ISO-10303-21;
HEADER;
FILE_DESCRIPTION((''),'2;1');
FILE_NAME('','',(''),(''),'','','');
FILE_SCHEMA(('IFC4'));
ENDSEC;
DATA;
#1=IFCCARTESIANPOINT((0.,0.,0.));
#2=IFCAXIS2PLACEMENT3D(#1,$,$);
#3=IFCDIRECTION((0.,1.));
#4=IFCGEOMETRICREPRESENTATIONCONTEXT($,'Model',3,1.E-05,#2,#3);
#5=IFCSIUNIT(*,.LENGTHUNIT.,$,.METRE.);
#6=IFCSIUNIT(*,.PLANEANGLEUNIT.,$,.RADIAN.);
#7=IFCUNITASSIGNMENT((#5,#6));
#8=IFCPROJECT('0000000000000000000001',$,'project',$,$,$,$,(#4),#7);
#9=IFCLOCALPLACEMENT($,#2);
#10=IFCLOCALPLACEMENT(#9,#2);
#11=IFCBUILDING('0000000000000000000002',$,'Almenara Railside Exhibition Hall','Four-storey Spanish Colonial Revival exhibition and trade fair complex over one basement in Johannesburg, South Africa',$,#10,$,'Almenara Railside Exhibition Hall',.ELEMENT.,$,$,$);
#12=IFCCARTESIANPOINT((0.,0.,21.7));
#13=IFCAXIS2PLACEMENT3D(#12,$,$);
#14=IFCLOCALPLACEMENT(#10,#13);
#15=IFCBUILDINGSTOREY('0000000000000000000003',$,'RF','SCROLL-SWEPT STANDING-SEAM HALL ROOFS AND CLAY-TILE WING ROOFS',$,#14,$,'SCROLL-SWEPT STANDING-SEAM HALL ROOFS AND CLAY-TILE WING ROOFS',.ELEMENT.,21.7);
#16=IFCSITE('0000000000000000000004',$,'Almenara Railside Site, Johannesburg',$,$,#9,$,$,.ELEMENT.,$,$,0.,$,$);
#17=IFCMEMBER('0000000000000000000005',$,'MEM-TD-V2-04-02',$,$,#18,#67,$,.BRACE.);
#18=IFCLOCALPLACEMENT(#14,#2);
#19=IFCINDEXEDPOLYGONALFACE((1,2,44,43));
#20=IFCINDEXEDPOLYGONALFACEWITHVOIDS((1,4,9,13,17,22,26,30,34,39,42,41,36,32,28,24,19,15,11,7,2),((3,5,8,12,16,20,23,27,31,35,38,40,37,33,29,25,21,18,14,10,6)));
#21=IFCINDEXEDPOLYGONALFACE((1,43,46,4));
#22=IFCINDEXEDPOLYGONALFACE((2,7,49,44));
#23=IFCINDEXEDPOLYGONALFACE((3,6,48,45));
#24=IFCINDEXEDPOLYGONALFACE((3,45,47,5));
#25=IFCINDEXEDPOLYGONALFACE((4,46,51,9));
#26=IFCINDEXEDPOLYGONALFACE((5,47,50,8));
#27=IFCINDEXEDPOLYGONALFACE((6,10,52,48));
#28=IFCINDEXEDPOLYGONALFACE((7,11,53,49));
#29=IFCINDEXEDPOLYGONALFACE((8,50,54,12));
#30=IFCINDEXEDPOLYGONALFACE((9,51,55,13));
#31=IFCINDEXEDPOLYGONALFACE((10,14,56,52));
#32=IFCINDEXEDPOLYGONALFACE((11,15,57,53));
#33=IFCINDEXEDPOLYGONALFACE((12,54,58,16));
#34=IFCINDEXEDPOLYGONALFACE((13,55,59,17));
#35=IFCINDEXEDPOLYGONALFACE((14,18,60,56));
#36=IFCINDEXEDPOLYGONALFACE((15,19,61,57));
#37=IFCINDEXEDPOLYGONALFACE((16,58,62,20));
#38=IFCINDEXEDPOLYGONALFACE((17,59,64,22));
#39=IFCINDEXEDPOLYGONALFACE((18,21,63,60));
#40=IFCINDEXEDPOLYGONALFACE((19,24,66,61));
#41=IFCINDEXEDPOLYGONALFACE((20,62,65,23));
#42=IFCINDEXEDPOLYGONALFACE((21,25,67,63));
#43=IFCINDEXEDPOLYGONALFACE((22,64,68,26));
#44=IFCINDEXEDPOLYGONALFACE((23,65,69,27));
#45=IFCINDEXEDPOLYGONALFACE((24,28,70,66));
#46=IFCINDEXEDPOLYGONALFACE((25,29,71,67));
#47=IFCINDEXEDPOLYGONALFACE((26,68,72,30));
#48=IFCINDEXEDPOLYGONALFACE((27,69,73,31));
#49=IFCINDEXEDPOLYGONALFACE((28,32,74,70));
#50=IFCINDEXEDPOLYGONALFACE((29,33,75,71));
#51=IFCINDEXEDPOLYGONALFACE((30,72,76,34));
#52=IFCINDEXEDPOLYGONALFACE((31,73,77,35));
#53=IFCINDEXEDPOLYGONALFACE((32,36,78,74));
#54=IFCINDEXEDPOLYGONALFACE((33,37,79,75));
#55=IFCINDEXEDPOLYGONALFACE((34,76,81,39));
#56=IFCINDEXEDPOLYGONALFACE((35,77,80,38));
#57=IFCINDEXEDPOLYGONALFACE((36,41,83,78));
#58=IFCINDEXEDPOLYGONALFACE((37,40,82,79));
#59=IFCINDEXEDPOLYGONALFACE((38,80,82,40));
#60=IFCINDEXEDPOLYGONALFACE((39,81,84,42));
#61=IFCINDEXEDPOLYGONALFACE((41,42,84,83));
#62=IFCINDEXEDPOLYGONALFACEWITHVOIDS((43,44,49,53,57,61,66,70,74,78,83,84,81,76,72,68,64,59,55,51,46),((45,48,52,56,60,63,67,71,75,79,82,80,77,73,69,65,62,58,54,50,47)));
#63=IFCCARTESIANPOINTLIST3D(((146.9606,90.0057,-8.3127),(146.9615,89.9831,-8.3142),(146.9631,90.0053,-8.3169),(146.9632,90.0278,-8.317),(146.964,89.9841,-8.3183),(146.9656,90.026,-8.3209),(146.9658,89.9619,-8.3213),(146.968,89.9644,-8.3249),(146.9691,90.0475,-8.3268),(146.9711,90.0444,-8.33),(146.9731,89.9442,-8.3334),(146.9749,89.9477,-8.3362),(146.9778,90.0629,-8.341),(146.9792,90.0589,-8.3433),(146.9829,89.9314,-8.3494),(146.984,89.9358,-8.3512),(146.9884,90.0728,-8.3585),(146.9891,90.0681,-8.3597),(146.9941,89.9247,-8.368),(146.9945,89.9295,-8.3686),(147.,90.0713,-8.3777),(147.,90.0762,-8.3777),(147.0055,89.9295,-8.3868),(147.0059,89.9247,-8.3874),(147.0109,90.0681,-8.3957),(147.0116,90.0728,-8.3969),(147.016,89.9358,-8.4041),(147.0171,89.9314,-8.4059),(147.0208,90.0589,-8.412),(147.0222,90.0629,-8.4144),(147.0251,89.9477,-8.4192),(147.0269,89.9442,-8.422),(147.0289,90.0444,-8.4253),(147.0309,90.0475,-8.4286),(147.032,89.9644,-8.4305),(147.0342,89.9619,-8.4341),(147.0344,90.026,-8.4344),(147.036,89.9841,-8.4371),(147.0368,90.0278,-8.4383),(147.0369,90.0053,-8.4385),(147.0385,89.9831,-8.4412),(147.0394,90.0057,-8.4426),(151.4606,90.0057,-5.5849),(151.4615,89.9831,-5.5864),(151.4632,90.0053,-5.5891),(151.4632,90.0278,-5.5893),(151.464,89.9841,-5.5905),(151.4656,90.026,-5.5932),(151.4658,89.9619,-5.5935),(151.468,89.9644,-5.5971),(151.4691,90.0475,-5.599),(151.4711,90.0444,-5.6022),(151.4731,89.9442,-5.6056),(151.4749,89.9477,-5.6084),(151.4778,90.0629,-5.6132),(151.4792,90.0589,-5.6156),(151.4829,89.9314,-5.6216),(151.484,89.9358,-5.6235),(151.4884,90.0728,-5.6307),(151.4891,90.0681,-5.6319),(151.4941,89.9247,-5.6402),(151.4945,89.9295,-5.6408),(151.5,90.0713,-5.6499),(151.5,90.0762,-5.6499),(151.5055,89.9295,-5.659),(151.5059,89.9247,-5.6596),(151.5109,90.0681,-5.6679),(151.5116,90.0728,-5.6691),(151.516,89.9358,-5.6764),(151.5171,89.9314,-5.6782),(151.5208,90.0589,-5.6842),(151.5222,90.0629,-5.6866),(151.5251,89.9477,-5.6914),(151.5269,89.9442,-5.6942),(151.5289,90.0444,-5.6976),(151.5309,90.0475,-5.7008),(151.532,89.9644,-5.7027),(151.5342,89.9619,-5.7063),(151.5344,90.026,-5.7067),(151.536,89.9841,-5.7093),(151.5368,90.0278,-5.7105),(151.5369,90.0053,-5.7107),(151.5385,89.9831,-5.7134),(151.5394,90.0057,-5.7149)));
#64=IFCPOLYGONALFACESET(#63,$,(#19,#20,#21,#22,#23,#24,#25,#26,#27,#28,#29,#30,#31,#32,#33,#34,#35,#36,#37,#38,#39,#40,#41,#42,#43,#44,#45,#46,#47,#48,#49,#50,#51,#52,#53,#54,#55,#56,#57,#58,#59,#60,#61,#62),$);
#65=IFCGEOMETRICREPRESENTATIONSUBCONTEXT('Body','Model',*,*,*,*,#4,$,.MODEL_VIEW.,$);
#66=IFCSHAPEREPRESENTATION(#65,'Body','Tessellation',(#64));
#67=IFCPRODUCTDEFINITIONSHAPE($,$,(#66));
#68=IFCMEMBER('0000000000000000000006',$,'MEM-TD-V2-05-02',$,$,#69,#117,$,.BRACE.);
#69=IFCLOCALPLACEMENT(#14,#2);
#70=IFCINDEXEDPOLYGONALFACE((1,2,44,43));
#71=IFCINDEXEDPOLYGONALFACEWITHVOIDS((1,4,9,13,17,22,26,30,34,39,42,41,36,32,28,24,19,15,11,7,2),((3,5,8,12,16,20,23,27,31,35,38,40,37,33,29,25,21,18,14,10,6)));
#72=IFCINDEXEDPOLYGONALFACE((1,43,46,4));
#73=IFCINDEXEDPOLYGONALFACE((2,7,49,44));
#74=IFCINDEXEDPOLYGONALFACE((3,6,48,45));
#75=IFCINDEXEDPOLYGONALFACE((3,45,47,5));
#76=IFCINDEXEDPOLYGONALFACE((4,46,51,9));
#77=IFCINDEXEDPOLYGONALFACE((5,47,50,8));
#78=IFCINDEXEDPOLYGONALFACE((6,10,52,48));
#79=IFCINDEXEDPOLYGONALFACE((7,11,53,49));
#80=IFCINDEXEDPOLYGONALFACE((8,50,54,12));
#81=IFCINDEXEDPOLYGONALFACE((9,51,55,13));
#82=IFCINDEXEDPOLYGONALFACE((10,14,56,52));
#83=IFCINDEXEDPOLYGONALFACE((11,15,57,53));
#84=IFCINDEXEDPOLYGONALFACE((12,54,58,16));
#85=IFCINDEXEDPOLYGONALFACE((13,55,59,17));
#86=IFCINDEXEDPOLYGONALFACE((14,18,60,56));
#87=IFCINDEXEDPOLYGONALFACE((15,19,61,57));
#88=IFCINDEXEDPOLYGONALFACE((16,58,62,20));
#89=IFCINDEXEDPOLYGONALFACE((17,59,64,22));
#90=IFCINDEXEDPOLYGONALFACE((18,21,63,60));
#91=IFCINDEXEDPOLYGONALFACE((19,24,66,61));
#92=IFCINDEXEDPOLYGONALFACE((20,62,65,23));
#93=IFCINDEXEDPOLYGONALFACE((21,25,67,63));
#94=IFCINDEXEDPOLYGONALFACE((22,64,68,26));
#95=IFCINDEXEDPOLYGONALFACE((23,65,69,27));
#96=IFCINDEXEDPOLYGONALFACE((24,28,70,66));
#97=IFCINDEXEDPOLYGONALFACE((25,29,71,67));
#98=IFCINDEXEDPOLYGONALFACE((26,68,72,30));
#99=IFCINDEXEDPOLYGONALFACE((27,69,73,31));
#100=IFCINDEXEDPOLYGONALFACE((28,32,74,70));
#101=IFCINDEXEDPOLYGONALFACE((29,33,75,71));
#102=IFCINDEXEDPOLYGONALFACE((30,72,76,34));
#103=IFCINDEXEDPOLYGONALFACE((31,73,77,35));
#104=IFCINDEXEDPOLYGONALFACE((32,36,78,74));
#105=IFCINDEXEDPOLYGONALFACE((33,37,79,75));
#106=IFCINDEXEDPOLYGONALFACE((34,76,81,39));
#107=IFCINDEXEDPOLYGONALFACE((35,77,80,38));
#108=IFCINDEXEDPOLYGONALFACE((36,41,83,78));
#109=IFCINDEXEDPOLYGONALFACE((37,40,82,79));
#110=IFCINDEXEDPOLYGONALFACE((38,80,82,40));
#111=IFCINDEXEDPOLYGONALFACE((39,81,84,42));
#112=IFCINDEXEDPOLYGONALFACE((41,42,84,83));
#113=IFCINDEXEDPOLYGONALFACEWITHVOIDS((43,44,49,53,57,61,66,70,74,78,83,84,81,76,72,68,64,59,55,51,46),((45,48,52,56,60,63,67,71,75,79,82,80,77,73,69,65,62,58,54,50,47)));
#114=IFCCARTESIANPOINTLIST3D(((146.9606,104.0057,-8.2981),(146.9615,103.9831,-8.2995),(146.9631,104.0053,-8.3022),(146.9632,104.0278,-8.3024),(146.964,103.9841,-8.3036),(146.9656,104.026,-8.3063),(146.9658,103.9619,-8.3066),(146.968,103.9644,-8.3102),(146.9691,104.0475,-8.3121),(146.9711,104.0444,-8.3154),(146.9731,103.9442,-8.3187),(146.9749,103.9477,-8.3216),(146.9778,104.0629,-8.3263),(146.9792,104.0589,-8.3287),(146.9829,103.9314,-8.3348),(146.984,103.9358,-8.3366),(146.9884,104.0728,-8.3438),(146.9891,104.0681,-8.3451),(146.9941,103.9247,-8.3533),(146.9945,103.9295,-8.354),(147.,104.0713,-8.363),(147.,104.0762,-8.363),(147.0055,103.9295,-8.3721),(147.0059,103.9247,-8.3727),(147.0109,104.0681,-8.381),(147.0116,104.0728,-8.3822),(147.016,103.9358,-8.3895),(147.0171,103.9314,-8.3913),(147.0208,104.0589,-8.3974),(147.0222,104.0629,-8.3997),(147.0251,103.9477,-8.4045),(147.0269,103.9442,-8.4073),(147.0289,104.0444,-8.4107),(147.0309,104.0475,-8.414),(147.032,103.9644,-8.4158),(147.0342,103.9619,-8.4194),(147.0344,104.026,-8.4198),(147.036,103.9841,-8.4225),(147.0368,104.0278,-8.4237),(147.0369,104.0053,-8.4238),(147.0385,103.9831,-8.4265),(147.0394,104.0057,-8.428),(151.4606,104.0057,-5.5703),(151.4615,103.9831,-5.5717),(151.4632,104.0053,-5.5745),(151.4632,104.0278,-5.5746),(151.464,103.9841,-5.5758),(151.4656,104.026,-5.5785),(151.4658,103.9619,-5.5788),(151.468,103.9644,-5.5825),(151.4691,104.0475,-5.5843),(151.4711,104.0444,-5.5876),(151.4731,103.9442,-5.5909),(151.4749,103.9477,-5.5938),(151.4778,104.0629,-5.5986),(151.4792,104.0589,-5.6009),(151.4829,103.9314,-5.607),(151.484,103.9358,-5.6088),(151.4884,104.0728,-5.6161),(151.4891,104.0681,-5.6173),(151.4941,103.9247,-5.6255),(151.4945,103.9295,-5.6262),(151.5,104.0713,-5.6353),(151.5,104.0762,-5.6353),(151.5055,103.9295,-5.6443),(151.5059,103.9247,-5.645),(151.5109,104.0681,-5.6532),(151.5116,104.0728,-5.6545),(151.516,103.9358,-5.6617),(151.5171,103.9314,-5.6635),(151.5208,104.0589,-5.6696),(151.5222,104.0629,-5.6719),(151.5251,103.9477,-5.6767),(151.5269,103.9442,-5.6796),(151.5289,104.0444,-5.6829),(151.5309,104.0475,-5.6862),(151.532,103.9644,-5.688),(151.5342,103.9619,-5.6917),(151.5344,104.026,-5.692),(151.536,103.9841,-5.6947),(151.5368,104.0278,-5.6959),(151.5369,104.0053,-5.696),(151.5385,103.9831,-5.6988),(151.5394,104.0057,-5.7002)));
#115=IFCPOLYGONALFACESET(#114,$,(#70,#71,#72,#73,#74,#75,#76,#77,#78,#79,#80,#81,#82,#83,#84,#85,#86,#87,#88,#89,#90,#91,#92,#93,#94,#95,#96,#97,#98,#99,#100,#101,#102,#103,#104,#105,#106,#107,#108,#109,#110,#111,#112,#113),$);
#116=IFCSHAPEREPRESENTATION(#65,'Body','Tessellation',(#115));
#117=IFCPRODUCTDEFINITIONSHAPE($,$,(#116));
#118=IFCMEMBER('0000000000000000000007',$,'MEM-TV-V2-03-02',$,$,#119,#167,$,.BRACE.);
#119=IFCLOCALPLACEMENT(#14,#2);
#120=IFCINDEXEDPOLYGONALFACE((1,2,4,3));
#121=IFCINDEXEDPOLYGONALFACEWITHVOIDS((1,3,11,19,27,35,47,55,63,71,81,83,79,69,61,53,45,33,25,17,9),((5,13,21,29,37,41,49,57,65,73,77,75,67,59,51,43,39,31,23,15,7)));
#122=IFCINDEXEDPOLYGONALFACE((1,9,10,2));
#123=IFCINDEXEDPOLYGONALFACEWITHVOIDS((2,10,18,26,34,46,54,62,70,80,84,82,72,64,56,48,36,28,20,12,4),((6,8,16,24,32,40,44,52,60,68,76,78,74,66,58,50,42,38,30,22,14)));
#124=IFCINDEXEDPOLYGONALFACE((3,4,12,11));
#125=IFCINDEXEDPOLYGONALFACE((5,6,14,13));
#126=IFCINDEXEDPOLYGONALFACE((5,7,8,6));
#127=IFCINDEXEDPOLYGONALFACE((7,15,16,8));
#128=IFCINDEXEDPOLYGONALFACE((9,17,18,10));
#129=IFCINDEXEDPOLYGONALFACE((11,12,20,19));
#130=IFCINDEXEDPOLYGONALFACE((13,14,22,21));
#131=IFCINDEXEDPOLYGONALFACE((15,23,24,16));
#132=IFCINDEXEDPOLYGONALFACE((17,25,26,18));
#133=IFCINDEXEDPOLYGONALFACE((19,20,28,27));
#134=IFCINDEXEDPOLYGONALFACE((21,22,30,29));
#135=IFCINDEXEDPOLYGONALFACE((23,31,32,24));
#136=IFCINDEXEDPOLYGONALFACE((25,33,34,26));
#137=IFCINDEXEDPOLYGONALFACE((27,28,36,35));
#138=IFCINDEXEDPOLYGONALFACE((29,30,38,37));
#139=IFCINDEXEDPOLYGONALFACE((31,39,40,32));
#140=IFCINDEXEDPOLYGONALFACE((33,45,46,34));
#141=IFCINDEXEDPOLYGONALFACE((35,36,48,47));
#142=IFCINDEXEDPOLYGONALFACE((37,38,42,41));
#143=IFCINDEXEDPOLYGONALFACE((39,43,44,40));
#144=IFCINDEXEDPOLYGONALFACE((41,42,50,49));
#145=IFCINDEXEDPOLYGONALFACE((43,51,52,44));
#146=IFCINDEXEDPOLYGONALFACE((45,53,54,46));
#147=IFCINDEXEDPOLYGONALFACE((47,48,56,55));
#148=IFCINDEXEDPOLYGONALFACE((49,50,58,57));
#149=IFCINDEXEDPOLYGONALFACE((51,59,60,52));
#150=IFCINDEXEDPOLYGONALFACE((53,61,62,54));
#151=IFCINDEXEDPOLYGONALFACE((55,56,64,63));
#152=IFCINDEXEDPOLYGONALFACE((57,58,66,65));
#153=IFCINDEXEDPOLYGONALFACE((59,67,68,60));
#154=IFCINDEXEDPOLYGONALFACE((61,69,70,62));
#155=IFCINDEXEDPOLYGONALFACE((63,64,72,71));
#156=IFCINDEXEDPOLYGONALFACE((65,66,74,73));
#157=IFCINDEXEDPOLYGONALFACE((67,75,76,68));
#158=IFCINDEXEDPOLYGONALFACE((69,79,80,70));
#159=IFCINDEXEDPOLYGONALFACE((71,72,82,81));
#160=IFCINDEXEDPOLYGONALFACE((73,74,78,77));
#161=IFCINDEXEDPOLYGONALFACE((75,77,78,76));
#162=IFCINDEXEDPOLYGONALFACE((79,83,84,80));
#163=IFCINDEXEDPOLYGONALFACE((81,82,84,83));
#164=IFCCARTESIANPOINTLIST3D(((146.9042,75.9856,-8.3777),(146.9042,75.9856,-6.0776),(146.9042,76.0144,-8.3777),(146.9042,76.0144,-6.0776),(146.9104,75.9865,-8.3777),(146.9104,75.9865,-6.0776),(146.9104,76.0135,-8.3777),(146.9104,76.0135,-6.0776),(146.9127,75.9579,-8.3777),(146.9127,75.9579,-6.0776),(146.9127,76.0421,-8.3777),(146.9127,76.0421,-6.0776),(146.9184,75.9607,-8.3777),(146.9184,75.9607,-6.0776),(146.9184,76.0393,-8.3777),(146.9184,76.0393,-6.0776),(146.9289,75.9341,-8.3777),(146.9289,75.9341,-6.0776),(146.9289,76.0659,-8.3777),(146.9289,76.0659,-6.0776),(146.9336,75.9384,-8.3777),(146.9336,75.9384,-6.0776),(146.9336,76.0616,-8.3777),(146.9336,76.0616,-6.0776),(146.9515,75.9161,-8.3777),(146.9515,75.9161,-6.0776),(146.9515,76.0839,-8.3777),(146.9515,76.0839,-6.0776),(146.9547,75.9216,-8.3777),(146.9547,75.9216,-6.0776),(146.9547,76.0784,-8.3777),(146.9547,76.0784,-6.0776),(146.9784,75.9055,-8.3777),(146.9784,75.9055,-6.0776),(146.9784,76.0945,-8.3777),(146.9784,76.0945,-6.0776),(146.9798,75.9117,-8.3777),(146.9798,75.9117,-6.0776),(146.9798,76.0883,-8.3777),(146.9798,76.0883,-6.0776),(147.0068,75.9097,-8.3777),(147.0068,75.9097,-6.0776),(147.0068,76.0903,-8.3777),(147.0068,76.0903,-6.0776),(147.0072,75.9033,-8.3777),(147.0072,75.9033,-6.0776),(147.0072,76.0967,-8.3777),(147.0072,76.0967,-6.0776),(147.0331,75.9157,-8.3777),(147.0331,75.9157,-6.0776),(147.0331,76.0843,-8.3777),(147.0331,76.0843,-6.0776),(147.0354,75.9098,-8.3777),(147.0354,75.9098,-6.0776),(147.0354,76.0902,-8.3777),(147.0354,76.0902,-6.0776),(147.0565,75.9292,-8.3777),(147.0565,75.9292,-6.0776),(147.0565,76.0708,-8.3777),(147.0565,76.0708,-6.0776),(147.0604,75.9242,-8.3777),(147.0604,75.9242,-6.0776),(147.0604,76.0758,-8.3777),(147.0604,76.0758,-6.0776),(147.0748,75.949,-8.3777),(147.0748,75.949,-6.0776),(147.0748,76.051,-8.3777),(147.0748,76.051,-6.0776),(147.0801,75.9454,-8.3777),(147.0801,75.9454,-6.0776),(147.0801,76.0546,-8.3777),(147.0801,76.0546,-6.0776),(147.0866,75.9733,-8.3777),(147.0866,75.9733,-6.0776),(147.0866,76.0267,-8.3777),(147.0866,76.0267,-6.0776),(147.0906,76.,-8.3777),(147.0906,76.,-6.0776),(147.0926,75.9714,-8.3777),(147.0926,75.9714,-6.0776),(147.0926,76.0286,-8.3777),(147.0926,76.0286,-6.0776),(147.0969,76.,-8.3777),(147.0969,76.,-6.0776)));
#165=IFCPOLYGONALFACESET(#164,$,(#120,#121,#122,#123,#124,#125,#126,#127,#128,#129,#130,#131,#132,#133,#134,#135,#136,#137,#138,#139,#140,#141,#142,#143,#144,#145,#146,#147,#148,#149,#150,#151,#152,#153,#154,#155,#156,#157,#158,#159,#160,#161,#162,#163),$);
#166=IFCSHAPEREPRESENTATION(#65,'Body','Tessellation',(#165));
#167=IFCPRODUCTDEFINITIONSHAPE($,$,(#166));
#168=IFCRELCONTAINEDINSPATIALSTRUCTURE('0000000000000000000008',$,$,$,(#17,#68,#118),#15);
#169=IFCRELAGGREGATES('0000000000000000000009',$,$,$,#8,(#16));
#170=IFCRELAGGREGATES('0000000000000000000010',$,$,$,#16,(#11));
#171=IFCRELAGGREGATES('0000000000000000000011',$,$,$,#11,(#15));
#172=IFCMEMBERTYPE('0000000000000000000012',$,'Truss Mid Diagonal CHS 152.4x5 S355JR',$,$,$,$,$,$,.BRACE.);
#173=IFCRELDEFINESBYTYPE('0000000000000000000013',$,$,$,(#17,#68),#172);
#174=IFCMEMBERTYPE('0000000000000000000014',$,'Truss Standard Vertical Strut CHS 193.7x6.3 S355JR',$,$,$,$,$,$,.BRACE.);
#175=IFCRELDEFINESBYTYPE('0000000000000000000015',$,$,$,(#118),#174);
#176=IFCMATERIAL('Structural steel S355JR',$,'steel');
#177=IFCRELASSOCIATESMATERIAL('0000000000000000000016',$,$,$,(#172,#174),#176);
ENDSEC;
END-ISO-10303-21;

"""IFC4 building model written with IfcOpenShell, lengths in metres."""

from ifc_helpers import new_model, si_unit, direction, frame, origin, origin_2d, place, context, subcontext, project, spatial, hollow_circle, extrude, material, material_profile, profile_set, type_object, element, save


model = new_model("IFC4")

# Units and contexts
model_context = context("Model", 3, precision=1e-05, world=origin(), true_north=direction((0.0, 1.0)))
body_context = subcontext(model_context, "Body", "Model", "MODEL_VIEW")
ifc_project = project(units=[si_unit("LENGTHUNIT", "METRE"), si_unit("PLANEANGLEUNIT", "RADIAN")], contexts=[model_context])

# Site, building, storey
site_placement = place(None, origin())
site = spatial("IfcSite", under=ifc_project, at=site_placement, Name="Almenara Railside Site, Johannesburg", CompositionType="ELEMENT", RefElevation=0.0)
building_placement = place(site_placement, origin())
building = spatial("IfcBuilding", under=site, at=building_placement, Name="Almenara Railside Exhibition Hall", Description="Four-storey Spanish Colonial Revival exhibition and trade fair complex over one basement in Johannesburg, South Africa", LongName="Almenara Railside Exhibition Hall", CompositionType="ELEMENT")
storey_placement = place(building_placement, frame((0.0, 0.0, 21.7)))
storey = spatial("IfcBuildingStorey", under=building, at=storey_placement, Name="RF", Description="SCROLL-SWEPT STANDING-SEAM HALL ROOFS AND CLAY-TILE WING ROOFS", LongName="SCROLL-SWEPT STANDING-SEAM HALL ROOFS AND CLAY-TILE WING ROOFS", CompositionType="ELEMENT", Elevation=21.7)

# Members
ifc_material = material(Name="Structural steel S355JR", Category="steel")
ifc_material_profile_1 = material_profile(ifc_material, hollow_circle(Radius=0.0762, WallThickness=0.0049, at=origin_2d()), Name="CHS 152.4x5")
ifc_profile_set_1 = profile_set([ifc_material_profile_1], Name="Structural steel S355JR")
member_type_1 = type_object("IfcMemberType", Name="Truss Mid Diagonal CHS 152.4x5 S355JR", PredefinedType="BRACE", material=ifc_profile_set_1)
for number, where, z_axis, x_axis, name in (
    (1, (147.0, 90.0, -8.3777), (0.855155, 0.0, 0.518373), (0.0, 1.0, 0.0), "MEM-TD-V2-04-02"),
    (2, (147.0, 104.0, -8.363), (0.855155, 0.0, 0.518373), (0.0, 1.0, 0.0), "MEM-TD-V2-05-02"),
):
    element("IfcMember", number, at=place(storey_placement, frame(where, z_axis=z_axis, x_axis=x_axis)), inside=storey, type_object=member_type_1, Name=name, PredefinedType="BRACE", context=body_context, shape_type="SweptSolid", body=[
        extrude(hollow_circle(Radius=0.0762, WallThickness=0.0049, at=origin_2d()), origin(), (0.0, 0.0, 1.0), 5.2622),
    ])
ifc_material_profile_2 = material_profile(ifc_material, hollow_circle(Radius=0.0969, WallThickness=0.0063, at=origin_2d()), Name="CHS 193.7x6.3")
ifc_profile_set_2 = profile_set([ifc_material_profile_2], Name="Structural steel S355JR")
member_type_2 = type_object("IfcMemberType", Name="Truss Standard Vertical Strut CHS 193.7x6.3 S355JR", PredefinedType="BRACE", material=ifc_profile_set_2)
for number, where, z_axis, x_axis, name in (
    (3, (147.0, 76.0, -8.3777), (0.0, 0.0, 1.0), (1.0, 0.0, 0.0), "MEM-TV-V2-03-02"),
):
    element("IfcMember", number, at=place(storey_placement, frame(where, z_axis=z_axis, x_axis=x_axis)), inside=storey, type_object=member_type_2, Name=name, PredefinedType="BRACE", context=body_context, shape_type="SweptSolid", body=[
        extrude(hollow_circle(Radius=0.0969, WallThickness=0.0063, at=origin_2d()), origin(), (0.0, 0.0, 1.0), 2.3),
    ])

save(model, "model.ifc")
